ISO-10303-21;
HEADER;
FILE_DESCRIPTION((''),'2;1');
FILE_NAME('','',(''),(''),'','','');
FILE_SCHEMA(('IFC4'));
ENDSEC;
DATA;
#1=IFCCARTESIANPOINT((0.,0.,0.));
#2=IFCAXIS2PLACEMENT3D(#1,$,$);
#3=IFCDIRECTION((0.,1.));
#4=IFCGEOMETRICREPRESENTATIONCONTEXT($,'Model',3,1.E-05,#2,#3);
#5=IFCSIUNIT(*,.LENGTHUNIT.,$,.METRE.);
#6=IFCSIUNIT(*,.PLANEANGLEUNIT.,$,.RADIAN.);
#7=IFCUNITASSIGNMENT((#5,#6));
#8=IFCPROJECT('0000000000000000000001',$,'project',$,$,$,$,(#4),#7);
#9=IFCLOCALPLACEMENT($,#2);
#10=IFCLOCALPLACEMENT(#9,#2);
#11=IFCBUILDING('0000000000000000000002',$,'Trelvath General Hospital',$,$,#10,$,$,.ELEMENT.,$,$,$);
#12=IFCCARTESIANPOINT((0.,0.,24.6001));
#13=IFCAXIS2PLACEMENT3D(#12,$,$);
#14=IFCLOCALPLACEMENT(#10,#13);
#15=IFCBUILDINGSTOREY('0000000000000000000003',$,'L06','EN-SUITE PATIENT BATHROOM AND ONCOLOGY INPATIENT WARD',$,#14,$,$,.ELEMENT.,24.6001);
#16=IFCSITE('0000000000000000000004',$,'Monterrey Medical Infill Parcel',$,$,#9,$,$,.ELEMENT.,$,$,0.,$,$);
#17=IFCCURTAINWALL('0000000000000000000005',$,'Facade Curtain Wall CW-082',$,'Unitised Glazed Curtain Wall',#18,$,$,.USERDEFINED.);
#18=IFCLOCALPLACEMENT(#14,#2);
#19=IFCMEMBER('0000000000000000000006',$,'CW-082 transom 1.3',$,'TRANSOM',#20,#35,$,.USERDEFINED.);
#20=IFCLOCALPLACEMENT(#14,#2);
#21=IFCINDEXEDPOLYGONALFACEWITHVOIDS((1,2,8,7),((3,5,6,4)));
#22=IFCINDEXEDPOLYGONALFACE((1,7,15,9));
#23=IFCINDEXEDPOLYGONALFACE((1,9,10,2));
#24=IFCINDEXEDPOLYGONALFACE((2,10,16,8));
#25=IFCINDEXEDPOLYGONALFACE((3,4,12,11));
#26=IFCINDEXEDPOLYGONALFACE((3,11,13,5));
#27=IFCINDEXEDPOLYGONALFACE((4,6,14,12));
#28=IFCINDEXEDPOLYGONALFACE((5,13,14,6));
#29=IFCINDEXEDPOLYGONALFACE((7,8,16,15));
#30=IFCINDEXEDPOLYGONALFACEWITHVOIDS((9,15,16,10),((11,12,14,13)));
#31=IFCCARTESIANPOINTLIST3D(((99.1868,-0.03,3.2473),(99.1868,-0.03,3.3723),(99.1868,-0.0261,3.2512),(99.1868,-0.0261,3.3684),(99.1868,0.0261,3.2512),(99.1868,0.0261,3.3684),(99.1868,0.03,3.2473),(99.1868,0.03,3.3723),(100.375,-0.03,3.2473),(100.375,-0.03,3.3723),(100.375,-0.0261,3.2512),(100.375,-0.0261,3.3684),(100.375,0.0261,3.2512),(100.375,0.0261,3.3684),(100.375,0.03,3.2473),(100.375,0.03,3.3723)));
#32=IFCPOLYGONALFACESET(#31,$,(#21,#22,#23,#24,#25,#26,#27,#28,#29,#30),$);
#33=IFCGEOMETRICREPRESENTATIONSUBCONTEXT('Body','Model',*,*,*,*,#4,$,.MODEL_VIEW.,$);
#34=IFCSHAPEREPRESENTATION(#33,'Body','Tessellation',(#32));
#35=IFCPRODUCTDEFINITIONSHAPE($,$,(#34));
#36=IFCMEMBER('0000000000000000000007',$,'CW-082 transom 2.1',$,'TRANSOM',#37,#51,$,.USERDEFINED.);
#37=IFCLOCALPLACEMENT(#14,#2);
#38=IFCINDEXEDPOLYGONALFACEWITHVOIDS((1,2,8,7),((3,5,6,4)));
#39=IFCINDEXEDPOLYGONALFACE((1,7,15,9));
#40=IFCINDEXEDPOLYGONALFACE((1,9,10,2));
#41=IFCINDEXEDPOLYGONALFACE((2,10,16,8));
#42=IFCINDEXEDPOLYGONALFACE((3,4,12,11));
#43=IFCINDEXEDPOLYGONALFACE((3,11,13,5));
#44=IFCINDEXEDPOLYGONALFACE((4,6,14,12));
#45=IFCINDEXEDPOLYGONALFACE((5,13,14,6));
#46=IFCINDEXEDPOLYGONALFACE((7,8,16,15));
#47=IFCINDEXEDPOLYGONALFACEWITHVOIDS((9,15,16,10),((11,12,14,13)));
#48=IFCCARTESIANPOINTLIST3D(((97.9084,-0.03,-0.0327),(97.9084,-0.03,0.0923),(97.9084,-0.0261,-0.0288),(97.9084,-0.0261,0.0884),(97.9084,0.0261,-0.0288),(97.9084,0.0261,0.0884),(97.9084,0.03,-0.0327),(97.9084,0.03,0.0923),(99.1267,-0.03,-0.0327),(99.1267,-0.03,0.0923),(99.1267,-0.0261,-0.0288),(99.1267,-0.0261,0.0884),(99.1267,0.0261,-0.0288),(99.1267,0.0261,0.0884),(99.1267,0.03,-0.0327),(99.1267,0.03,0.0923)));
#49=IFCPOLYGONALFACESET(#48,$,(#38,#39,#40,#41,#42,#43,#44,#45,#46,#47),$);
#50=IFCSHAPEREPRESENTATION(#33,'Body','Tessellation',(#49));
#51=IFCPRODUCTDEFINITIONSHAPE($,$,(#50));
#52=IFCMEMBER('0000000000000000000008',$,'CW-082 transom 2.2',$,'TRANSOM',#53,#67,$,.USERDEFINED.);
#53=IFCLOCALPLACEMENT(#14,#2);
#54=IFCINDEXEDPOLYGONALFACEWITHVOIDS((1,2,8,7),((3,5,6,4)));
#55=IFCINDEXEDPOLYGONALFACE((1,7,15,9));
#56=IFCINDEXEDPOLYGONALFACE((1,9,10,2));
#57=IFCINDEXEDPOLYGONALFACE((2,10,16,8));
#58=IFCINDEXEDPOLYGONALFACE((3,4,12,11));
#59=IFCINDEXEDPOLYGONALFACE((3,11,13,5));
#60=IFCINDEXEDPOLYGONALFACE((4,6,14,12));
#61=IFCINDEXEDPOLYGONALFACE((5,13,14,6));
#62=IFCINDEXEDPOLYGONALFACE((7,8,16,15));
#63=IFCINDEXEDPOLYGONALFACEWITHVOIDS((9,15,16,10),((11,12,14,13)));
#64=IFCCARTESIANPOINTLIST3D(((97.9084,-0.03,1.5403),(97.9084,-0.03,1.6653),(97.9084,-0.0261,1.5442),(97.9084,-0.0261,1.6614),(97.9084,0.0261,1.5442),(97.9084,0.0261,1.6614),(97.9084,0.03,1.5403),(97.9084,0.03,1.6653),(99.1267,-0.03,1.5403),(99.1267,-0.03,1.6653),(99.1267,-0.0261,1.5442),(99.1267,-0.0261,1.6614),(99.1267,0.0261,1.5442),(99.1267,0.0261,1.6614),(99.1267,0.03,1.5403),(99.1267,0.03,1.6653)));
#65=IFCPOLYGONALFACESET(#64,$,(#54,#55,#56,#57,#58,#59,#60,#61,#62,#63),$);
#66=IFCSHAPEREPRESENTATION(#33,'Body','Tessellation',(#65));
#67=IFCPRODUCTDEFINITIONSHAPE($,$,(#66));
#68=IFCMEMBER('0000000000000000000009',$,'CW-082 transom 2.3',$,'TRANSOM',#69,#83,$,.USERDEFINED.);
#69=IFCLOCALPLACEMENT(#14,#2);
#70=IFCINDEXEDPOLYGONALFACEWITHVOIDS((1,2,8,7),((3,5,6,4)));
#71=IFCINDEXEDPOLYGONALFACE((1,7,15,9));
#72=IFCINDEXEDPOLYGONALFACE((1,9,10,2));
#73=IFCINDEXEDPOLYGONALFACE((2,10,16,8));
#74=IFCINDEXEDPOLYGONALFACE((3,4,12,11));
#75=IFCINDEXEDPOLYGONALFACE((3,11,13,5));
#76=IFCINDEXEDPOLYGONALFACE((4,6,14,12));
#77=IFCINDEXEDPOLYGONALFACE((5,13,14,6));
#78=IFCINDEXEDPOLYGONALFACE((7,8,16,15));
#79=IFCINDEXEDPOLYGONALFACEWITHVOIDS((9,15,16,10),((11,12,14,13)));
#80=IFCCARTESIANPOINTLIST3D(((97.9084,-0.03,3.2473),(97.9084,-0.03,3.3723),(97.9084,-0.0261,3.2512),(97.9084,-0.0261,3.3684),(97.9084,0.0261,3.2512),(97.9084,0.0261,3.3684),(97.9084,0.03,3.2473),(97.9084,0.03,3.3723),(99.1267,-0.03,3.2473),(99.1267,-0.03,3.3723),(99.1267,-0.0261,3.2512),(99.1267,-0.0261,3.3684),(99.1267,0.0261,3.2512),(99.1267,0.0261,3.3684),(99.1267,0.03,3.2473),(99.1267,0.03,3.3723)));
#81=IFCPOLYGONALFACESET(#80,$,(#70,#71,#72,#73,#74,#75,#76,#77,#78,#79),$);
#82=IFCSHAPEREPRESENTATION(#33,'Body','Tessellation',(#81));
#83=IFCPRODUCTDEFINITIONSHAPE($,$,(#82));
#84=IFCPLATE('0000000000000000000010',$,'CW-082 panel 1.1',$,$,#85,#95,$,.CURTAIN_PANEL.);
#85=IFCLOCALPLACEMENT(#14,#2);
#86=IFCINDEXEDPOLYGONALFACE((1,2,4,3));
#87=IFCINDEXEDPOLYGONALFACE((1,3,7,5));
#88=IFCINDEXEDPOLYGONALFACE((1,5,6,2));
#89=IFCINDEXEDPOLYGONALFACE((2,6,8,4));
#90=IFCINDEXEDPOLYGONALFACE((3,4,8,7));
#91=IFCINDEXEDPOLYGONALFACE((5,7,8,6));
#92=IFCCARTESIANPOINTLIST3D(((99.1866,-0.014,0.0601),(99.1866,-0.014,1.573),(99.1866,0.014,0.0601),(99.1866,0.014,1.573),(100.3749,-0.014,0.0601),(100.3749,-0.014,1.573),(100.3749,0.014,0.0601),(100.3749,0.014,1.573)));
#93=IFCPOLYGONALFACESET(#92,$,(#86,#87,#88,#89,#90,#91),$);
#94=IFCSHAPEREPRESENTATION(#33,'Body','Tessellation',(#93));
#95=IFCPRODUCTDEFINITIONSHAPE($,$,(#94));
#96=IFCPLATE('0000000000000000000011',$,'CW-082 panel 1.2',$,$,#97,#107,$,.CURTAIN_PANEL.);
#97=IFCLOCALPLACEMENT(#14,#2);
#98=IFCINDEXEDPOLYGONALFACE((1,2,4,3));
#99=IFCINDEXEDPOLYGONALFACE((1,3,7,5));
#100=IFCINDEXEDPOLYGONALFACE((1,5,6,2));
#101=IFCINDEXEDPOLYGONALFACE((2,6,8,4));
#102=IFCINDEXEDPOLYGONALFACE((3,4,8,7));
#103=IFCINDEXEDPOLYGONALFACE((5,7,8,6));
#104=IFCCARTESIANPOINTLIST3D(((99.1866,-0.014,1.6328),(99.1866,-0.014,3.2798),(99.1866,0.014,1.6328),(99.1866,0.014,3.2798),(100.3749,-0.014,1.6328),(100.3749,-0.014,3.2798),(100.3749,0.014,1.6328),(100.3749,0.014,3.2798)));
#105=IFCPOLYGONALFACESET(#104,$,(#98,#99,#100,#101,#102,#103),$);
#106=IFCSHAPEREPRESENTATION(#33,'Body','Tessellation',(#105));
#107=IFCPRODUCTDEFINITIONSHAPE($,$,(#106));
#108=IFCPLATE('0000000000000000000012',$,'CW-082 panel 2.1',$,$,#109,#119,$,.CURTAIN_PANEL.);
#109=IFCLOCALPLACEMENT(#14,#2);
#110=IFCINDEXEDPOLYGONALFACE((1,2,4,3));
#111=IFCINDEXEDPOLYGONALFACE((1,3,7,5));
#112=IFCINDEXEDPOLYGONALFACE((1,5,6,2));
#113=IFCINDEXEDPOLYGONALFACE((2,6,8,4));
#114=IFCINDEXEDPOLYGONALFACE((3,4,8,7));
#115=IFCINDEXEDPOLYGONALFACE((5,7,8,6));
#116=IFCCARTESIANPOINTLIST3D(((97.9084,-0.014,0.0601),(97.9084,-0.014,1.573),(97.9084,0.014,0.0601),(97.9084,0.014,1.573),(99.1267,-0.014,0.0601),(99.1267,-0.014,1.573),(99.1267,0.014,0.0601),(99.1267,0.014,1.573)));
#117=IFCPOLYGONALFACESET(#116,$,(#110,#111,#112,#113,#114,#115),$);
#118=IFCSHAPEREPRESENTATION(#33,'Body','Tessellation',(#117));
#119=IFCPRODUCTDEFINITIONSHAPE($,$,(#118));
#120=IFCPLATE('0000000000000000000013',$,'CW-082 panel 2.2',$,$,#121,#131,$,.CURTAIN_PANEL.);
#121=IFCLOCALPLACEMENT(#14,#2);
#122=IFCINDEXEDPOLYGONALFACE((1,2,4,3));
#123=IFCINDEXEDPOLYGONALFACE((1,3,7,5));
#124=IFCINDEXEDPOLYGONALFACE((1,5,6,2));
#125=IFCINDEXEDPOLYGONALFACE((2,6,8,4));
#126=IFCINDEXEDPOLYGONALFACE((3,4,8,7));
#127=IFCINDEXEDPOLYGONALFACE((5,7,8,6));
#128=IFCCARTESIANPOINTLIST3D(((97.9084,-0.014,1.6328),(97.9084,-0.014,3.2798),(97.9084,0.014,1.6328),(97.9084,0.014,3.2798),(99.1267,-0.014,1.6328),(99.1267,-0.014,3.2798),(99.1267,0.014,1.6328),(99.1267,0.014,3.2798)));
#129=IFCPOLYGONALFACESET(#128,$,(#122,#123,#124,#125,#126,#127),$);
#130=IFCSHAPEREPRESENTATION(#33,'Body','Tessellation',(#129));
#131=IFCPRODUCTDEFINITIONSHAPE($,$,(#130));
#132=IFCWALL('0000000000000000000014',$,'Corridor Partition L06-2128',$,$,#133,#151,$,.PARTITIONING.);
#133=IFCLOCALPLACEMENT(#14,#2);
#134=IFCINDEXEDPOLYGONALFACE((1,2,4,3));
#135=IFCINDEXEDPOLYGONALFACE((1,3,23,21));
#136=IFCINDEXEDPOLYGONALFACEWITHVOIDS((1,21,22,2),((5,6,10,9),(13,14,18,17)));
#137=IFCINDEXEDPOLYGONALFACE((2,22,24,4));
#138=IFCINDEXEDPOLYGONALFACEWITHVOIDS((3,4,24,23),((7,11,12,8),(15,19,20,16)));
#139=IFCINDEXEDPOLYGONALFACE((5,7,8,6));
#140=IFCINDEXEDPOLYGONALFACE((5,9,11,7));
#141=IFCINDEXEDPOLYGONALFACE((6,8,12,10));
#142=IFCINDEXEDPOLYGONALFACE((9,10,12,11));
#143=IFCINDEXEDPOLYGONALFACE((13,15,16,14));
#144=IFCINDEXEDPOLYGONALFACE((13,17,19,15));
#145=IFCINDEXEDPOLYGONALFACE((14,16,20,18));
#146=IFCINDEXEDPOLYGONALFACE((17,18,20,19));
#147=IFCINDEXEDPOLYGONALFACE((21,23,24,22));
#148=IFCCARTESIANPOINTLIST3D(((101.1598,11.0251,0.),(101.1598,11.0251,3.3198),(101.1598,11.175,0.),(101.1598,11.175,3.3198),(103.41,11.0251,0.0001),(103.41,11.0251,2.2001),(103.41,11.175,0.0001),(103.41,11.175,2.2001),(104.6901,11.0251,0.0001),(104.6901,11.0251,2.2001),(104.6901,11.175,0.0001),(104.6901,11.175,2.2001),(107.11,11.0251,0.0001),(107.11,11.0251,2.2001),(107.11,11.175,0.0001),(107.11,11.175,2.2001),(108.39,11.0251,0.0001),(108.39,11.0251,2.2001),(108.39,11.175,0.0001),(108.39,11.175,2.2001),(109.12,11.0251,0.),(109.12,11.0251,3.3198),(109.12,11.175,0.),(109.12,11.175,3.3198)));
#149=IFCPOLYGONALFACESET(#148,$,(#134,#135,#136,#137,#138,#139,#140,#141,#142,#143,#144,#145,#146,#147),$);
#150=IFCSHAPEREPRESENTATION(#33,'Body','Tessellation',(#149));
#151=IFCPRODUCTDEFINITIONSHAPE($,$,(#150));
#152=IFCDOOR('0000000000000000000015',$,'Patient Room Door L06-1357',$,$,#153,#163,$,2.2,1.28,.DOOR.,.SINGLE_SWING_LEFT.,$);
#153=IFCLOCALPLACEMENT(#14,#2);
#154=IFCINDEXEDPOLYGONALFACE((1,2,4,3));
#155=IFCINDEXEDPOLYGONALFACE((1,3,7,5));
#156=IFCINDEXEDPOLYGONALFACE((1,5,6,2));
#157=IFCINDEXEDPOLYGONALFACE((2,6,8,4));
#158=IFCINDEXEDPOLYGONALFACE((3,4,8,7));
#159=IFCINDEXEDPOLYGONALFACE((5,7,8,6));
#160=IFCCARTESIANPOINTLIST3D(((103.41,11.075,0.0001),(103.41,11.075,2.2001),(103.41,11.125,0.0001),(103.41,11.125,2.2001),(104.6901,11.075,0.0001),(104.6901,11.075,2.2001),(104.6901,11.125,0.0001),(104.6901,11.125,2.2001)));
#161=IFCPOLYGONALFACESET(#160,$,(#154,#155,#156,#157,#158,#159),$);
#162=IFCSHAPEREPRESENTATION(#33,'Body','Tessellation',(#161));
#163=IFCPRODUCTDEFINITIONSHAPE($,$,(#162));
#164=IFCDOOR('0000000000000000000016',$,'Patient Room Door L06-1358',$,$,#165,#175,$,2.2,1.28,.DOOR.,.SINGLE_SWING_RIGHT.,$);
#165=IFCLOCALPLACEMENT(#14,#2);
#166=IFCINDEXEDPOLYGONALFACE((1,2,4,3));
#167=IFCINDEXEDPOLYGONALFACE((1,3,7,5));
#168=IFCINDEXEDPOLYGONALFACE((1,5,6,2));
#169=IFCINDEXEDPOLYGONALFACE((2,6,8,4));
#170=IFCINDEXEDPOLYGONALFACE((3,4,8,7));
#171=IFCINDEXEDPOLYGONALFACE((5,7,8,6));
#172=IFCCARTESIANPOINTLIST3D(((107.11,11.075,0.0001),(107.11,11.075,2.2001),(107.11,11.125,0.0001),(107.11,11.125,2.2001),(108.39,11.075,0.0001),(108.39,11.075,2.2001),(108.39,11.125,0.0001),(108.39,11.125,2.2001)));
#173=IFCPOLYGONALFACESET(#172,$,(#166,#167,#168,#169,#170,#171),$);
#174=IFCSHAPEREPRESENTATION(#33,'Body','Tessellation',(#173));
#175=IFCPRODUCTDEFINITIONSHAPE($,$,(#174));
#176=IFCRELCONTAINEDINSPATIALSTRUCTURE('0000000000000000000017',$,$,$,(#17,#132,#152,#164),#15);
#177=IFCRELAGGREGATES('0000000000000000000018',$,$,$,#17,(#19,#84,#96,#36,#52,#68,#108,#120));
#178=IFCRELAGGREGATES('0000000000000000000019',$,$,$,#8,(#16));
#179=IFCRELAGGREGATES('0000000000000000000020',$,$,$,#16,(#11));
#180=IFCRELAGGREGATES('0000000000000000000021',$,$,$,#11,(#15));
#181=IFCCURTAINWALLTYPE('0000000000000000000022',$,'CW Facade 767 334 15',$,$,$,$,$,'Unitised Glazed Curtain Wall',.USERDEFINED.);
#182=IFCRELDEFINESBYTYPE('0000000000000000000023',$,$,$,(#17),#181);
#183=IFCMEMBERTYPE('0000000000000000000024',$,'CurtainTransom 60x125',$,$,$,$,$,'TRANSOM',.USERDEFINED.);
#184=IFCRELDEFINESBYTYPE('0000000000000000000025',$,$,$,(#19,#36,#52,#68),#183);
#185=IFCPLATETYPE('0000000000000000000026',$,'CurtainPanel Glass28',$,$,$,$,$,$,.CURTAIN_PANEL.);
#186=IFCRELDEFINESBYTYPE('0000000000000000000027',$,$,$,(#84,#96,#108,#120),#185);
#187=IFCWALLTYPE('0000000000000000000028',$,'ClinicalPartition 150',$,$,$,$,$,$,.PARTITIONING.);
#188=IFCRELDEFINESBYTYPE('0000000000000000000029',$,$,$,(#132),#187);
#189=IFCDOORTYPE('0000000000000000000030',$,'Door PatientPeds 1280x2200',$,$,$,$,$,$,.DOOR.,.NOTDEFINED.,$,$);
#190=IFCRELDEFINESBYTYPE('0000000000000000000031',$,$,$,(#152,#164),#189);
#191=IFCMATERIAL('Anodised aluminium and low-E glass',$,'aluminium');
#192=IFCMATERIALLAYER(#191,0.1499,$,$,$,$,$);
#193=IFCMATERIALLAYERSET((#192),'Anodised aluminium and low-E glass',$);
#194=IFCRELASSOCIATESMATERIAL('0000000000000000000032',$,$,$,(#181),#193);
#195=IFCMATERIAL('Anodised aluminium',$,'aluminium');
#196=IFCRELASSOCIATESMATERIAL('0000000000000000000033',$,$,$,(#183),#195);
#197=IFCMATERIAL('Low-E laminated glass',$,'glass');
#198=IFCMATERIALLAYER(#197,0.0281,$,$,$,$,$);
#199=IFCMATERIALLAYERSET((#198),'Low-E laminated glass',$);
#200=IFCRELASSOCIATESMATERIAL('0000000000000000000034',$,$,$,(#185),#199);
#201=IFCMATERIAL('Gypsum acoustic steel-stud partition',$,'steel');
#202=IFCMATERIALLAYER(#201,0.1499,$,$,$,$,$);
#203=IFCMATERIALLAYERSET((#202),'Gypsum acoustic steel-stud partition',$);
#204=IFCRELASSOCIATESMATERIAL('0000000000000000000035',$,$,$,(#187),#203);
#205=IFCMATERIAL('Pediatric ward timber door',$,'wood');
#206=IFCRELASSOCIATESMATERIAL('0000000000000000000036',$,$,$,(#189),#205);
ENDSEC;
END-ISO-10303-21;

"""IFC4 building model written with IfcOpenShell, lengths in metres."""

from ifc_helpers import new_model, si_unit, direction, frame, frame_2d, origin, origin_2d, place, context, subcontext, project, spatial, rectangle, hollow_rectangle, extrude, material, layer, layer_set, material_profile, profile_set, type_object, element, fill, aggregate, save


model = new_model("IFC4")

# Units and contexts
model_context = context("Model", 3, precision=1e-05, world=origin(), true_north=direction((0.0, 1.0)))
body_context = subcontext(model_context, "Body", "Model", "MODEL_VIEW")
ifc_project = project(units=[si_unit("LENGTHUNIT", "METRE"), si_unit("PLANEANGLEUNIT", "RADIAN")], contexts=[model_context])

# Site, building, storey
site_placement = place(None, origin())
site = spatial("IfcSite", under=ifc_project, at=site_placement, Name="Monterrey Medical Infill Parcel", CompositionType="ELEMENT", RefElevation=0.0)
building_placement = place(site_placement, origin())
building = spatial("IfcBuilding", under=site, at=building_placement, Name="Trelvath General Hospital", CompositionType="ELEMENT")
storey_placement = place(building_placement, frame((0.0, 0.0, 24.6001)))
storey = spatial("IfcBuildingStorey", under=building, at=storey_placement, Name="L06", Description="EN-SUITE PATIENT BATHROOM AND ONCOLOGY INPATIENT WARD", CompositionType="ELEMENT", Elevation=24.6001)

# Curtain wall, members, plates
ifc_material_1 = material(Name="Anodised aluminium and low-E glass", Category="aluminium")
ifc_layer_1 = layer(ifc_material_1, 0.1499)
ifc_layer_set_1 = layer_set([ifc_layer_1], Name="Anodised aluminium and low-E glass")
curtain_wall_type = type_object("IfcCurtainWallType", Name="CW Facade 767 334 15", ElementType="Unitised Glazed Curtain Wall", PredefinedType="USERDEFINED", material=ifc_layer_set_1)
curtain_wall_placement = place(storey_placement, origin())
curtain_wall = element("IfcCurtainWall", 1, at=curtain_wall_placement, inside=storey, type_object=curtain_wall_type, Name="Facade Curtain Wall CW-082", ObjectType="Unitised Glazed Curtain Wall", PredefinedType="USERDEFINED")
ifc_material_2 = material(Name="Anodised aluminium", Category="aluminium")
ifc_material_profile_1 = material_profile(ifc_material_2, hollow_rectangle(XDim=0.0601, YDim=0.125, WallThickness=0.0039, at=origin_2d()), Name="RHS60x125x4")
ifc_profile_set_1 = profile_set([ifc_material_profile_1], Name="Anodised aluminium")
member_type_1 = type_object("IfcMemberType", Name="CurtainTransom 60x125", ElementType="TRANSOM", PredefinedType="USERDEFINED", material=ifc_profile_set_1)
member_1_placement = place(storey_placement, frame((100.375, 0.0, 3.3098), z_axis=(-1.0, 0.0, 0.0), x_axis=(0.0, -1.0, 0.0)))
member_1 = element("IfcMember", 2, at=member_1_placement, type_object=member_type_1, Name="CW-082 transom 1.3", ObjectType="TRANSOM", PredefinedType="USERDEFINED", context=body_context, shape_type="SweptSolid", body=[
    extrude(hollow_rectangle(XDim=0.0601, YDim=0.125, WallThickness=0.0039, at=origin_2d()), origin(), (0.0, 0.0, 1.0), 1.1882),
])
member_2_placement = place(storey_placement, frame((99.1267, 0.0, 0.0298), z_axis=(-1.0, 0.0, 0.0), x_axis=(0.0, -1.0, 0.0)))
member_2 = element("IfcMember", 3, at=member_2_placement, type_object=member_type_1, Name="CW-082 transom 2.1", ObjectType="TRANSOM", PredefinedType="USERDEFINED", context=body_context, shape_type="SweptSolid", body=[
    extrude(hollow_rectangle(XDim=0.0601, YDim=0.125, WallThickness=0.0039, at=origin_2d()), origin(), (0.0, 0.0, 1.0), 1.2183),
])
member_3_placement = place(storey_placement, frame((99.1267, 0.0, 1.6028), z_axis=(-1.0, 0.0, 0.0), x_axis=(0.0, -1.0, 0.0)))
member_3 = element("IfcMember", 4, at=member_3_placement, type_object=member_type_1, Name="CW-082 transom 2.2", ObjectType="TRANSOM", PredefinedType="USERDEFINED", context=body_context, shape_type="SweptSolid", body=[
    extrude(hollow_rectangle(XDim=0.0601, YDim=0.125, WallThickness=0.0039, at=origin_2d()), origin(), (0.0, 0.0, 1.0), 1.2183),
])
member_4_placement = place(storey_placement, frame((99.1267, 0.0, 3.3098), z_axis=(-1.0, 0.0, 0.0), x_axis=(0.0, -1.0, 0.0)))
member_4 = element("IfcMember", 5, at=member_4_placement, type_object=member_type_1, Name="CW-082 transom 2.3", ObjectType="TRANSOM", PredefinedType="USERDEFINED", context=body_context, shape_type="SweptSolid", body=[
    extrude(hollow_rectangle(XDim=0.0601, YDim=0.125, WallThickness=0.0039, at=origin_2d()), origin(), (0.0, 0.0, 1.0), 1.2183),
])
ifc_material_3 = material(Name="Low-E laminated glass", Category="glass")
ifc_layer_2 = layer(ifc_material_3, 0.0281)
ifc_layer_set_2 = layer_set([ifc_layer_2], Name="Low-E laminated glass")
plate_type = type_object("IfcPlateType", Name="CurtainPanel Glass28", PredefinedType="CURTAIN_PANEL", material=ifc_layer_set_2)
plate_1_placement = place(storey_placement, frame((99.7808, 0.0, 0.0601), z_axis=(0.0, 0.0, 1.0), x_axis=(-1.0, 0.0, 0.0)))
plate_1 = element("IfcPlate", 6, at=plate_1_placement, type_object=plate_type, Name="CW-082 panel 1.1", PredefinedType="CURTAIN_PANEL", context=body_context, shape_type="SweptSolid", body=[
    extrude(rectangle(XDim=1.1882, YDim=0.0281, at=origin_2d()), origin(), (0.0, 0.0, 1.0), 1.5129),
])
plate_2_placement = place(storey_placement, frame((99.7808, 0.0, 1.6328), z_axis=(0.0, 0.0, 1.0), x_axis=(-1.0, 0.0, 0.0)))
plate_2 = element("IfcPlate", 7, at=plate_2_placement, type_object=plate_type, Name="CW-082 panel 1.2", PredefinedType="CURTAIN_PANEL", context=body_context, shape_type="SweptSolid", body=[
    extrude(rectangle(XDim=1.1882, YDim=0.0281, at=origin_2d()), origin(), (0.0, 0.0, 1.0), 1.647),
])
plate_3_placement = place(storey_placement, frame((98.5176, 0.0, 0.0601), z_axis=(0.0, 0.0, 1.0), x_axis=(-1.0, 0.0, 0.0)))
plate_3 = element("IfcPlate", 8, at=plate_3_placement, type_object=plate_type, Name="CW-082 panel 2.1", PredefinedType="CURTAIN_PANEL", context=body_context, shape_type="SweptSolid", body=[
    extrude(rectangle(XDim=1.2183, YDim=0.0281, at=origin_2d()), origin(), (0.0, 0.0, 1.0), 1.5129),
])
plate_4_placement = place(storey_placement, frame((98.5176, 0.0, 1.6328), z_axis=(0.0, 0.0, 1.0), x_axis=(-1.0, 0.0, 0.0)))
plate_4 = element("IfcPlate", 9, at=plate_4_placement, type_object=plate_type, Name="CW-082 panel 2.2", PredefinedType="CURTAIN_PANEL", context=body_context, shape_type="SweptSolid", body=[
    extrude(rectangle(XDim=1.2183, YDim=0.0281, at=origin_2d()), origin(), (0.0, 0.0, 1.0), 1.647),
])
aggregate(curtain_wall, [member_1, plate_1, plate_2, member_2, member_3, member_4, plate_3, plate_4])

# Wall, openings, doors
ifc_material_4 = material(Name="Gypsum acoustic steel-stud partition", Category="steel")
ifc_layer_3 = layer(ifc_material_4, 0.1499)
ifc_layer_set_3 = layer_set([ifc_layer_3], Name="Gypsum acoustic steel-stud partition")
wall_type_1 = type_object("IfcWallType", Name="ClinicalPartition 150", PredefinedType="PARTITIONING", material=ifc_layer_set_3)
wall_1_placement = place(storey_placement, frame((101.1599, 11.1001, 0.0), z_axis=(0.0, 0.0, 1.0), x_axis=(1.0, 0.0, 0.0)))
wall_1 = element("IfcWall", 10, at=wall_1_placement, inside=storey, type_object=wall_type_1, Name="Corridor Partition L06-2128", PredefinedType="PARTITIONING", context=body_context, shape_type="SweptSolid", body=[
    extrude(rectangle(XDim=7.9602, YDim=0.1499, at=frame_2d((3.98, 0.0))), origin(), (0.0, 0.0, 1.0), 3.3198),
])
opening_1_placement = place(wall_1_placement, frame((2.25, 0.0, 0.0)))
opening_1 = element("IfcOpeningElement", 11, at=opening_1_placement, cuts=wall_1, PredefinedType="OPENING", context=body_context, shape_type="SweptSolid", body=[
    extrude(rectangle(XDim=1.28, YDim=2.2, at=frame_2d((0.6401, 1.1001))), frame((0.0, 0.085, 0.0), z_axis=(0.0, -1.0, 0.0), x_axis=(1.0, 0.0, 0.0)), (0.0, 0.0, 1.0), 0.1699),
])
opening_2_placement = place(wall_1_placement, frame((5.95, 0.0, 0.0)))
opening_2 = element("IfcOpeningElement", 12, at=opening_2_placement, cuts=wall_1, PredefinedType="OPENING", context=body_context, shape_type="SweptSolid", body=[
    extrude(rectangle(XDim=1.28, YDim=2.2, at=frame_2d((0.6401, 1.1001))), frame((0.0, 0.085, 0.0), z_axis=(0.0, -1.0, 0.0), x_axis=(1.0, 0.0, 0.0)), (0.0, 0.0, 1.0), 0.1699),
])
ifc_material_5 = material(Name="Pediatric ward timber door", Category="wood")
door_type_1 = type_object("IfcDoorType", Name="Door PatientPeds 1280x2200", OperationType="NOTDEFINED", PredefinedType="DOOR", material=ifc_material_5)
door_1_placement = place(opening_1_placement, origin())
door_1 = element("IfcDoor", 13, at=door_1_placement, inside=storey, type_object=door_type_1, Name="Patient Room Door L06-1357", OperationType="SINGLE_SWING_LEFT", OverallHeight=2.2, OverallWidth=1.28, PredefinedType="DOOR", context=body_context, shape_type="SweptSolid", body=[
    extrude(rectangle(XDim=1.28, YDim=2.2, at=frame_2d((0.6401, 1.1001))), frame((0.0, 0.0249, 0.0), z_axis=(0.0, -1.0, 0.0), x_axis=(1.0, 0.0, 0.0)), (0.0, 0.0, 1.0), 0.05),
])
fill(opening_1, door_1)
door_2_placement = place(opening_2_placement, origin())
door_2 = element("IfcDoor", 14, at=door_2_placement, inside=storey, type_object=door_type_1, Name="Patient Room Door L06-1358", OperationType="SINGLE_SWING_RIGHT", OverallHeight=2.2, OverallWidth=1.28, PredefinedType="DOOR", context=body_context, shape_type="SweptSolid", body=[
    extrude(rectangle(XDim=1.28, YDim=2.2, at=frame_2d((0.6401, 1.1001))), frame((0.0, 0.0249, 0.0), z_axis=(0.0, -1.0, 0.0), x_axis=(1.0, 0.0, 0.0)), (0.0, 0.0, 1.0), 0.05),
])
fill(opening_2, door_2)

save(model, "model.ifc")
